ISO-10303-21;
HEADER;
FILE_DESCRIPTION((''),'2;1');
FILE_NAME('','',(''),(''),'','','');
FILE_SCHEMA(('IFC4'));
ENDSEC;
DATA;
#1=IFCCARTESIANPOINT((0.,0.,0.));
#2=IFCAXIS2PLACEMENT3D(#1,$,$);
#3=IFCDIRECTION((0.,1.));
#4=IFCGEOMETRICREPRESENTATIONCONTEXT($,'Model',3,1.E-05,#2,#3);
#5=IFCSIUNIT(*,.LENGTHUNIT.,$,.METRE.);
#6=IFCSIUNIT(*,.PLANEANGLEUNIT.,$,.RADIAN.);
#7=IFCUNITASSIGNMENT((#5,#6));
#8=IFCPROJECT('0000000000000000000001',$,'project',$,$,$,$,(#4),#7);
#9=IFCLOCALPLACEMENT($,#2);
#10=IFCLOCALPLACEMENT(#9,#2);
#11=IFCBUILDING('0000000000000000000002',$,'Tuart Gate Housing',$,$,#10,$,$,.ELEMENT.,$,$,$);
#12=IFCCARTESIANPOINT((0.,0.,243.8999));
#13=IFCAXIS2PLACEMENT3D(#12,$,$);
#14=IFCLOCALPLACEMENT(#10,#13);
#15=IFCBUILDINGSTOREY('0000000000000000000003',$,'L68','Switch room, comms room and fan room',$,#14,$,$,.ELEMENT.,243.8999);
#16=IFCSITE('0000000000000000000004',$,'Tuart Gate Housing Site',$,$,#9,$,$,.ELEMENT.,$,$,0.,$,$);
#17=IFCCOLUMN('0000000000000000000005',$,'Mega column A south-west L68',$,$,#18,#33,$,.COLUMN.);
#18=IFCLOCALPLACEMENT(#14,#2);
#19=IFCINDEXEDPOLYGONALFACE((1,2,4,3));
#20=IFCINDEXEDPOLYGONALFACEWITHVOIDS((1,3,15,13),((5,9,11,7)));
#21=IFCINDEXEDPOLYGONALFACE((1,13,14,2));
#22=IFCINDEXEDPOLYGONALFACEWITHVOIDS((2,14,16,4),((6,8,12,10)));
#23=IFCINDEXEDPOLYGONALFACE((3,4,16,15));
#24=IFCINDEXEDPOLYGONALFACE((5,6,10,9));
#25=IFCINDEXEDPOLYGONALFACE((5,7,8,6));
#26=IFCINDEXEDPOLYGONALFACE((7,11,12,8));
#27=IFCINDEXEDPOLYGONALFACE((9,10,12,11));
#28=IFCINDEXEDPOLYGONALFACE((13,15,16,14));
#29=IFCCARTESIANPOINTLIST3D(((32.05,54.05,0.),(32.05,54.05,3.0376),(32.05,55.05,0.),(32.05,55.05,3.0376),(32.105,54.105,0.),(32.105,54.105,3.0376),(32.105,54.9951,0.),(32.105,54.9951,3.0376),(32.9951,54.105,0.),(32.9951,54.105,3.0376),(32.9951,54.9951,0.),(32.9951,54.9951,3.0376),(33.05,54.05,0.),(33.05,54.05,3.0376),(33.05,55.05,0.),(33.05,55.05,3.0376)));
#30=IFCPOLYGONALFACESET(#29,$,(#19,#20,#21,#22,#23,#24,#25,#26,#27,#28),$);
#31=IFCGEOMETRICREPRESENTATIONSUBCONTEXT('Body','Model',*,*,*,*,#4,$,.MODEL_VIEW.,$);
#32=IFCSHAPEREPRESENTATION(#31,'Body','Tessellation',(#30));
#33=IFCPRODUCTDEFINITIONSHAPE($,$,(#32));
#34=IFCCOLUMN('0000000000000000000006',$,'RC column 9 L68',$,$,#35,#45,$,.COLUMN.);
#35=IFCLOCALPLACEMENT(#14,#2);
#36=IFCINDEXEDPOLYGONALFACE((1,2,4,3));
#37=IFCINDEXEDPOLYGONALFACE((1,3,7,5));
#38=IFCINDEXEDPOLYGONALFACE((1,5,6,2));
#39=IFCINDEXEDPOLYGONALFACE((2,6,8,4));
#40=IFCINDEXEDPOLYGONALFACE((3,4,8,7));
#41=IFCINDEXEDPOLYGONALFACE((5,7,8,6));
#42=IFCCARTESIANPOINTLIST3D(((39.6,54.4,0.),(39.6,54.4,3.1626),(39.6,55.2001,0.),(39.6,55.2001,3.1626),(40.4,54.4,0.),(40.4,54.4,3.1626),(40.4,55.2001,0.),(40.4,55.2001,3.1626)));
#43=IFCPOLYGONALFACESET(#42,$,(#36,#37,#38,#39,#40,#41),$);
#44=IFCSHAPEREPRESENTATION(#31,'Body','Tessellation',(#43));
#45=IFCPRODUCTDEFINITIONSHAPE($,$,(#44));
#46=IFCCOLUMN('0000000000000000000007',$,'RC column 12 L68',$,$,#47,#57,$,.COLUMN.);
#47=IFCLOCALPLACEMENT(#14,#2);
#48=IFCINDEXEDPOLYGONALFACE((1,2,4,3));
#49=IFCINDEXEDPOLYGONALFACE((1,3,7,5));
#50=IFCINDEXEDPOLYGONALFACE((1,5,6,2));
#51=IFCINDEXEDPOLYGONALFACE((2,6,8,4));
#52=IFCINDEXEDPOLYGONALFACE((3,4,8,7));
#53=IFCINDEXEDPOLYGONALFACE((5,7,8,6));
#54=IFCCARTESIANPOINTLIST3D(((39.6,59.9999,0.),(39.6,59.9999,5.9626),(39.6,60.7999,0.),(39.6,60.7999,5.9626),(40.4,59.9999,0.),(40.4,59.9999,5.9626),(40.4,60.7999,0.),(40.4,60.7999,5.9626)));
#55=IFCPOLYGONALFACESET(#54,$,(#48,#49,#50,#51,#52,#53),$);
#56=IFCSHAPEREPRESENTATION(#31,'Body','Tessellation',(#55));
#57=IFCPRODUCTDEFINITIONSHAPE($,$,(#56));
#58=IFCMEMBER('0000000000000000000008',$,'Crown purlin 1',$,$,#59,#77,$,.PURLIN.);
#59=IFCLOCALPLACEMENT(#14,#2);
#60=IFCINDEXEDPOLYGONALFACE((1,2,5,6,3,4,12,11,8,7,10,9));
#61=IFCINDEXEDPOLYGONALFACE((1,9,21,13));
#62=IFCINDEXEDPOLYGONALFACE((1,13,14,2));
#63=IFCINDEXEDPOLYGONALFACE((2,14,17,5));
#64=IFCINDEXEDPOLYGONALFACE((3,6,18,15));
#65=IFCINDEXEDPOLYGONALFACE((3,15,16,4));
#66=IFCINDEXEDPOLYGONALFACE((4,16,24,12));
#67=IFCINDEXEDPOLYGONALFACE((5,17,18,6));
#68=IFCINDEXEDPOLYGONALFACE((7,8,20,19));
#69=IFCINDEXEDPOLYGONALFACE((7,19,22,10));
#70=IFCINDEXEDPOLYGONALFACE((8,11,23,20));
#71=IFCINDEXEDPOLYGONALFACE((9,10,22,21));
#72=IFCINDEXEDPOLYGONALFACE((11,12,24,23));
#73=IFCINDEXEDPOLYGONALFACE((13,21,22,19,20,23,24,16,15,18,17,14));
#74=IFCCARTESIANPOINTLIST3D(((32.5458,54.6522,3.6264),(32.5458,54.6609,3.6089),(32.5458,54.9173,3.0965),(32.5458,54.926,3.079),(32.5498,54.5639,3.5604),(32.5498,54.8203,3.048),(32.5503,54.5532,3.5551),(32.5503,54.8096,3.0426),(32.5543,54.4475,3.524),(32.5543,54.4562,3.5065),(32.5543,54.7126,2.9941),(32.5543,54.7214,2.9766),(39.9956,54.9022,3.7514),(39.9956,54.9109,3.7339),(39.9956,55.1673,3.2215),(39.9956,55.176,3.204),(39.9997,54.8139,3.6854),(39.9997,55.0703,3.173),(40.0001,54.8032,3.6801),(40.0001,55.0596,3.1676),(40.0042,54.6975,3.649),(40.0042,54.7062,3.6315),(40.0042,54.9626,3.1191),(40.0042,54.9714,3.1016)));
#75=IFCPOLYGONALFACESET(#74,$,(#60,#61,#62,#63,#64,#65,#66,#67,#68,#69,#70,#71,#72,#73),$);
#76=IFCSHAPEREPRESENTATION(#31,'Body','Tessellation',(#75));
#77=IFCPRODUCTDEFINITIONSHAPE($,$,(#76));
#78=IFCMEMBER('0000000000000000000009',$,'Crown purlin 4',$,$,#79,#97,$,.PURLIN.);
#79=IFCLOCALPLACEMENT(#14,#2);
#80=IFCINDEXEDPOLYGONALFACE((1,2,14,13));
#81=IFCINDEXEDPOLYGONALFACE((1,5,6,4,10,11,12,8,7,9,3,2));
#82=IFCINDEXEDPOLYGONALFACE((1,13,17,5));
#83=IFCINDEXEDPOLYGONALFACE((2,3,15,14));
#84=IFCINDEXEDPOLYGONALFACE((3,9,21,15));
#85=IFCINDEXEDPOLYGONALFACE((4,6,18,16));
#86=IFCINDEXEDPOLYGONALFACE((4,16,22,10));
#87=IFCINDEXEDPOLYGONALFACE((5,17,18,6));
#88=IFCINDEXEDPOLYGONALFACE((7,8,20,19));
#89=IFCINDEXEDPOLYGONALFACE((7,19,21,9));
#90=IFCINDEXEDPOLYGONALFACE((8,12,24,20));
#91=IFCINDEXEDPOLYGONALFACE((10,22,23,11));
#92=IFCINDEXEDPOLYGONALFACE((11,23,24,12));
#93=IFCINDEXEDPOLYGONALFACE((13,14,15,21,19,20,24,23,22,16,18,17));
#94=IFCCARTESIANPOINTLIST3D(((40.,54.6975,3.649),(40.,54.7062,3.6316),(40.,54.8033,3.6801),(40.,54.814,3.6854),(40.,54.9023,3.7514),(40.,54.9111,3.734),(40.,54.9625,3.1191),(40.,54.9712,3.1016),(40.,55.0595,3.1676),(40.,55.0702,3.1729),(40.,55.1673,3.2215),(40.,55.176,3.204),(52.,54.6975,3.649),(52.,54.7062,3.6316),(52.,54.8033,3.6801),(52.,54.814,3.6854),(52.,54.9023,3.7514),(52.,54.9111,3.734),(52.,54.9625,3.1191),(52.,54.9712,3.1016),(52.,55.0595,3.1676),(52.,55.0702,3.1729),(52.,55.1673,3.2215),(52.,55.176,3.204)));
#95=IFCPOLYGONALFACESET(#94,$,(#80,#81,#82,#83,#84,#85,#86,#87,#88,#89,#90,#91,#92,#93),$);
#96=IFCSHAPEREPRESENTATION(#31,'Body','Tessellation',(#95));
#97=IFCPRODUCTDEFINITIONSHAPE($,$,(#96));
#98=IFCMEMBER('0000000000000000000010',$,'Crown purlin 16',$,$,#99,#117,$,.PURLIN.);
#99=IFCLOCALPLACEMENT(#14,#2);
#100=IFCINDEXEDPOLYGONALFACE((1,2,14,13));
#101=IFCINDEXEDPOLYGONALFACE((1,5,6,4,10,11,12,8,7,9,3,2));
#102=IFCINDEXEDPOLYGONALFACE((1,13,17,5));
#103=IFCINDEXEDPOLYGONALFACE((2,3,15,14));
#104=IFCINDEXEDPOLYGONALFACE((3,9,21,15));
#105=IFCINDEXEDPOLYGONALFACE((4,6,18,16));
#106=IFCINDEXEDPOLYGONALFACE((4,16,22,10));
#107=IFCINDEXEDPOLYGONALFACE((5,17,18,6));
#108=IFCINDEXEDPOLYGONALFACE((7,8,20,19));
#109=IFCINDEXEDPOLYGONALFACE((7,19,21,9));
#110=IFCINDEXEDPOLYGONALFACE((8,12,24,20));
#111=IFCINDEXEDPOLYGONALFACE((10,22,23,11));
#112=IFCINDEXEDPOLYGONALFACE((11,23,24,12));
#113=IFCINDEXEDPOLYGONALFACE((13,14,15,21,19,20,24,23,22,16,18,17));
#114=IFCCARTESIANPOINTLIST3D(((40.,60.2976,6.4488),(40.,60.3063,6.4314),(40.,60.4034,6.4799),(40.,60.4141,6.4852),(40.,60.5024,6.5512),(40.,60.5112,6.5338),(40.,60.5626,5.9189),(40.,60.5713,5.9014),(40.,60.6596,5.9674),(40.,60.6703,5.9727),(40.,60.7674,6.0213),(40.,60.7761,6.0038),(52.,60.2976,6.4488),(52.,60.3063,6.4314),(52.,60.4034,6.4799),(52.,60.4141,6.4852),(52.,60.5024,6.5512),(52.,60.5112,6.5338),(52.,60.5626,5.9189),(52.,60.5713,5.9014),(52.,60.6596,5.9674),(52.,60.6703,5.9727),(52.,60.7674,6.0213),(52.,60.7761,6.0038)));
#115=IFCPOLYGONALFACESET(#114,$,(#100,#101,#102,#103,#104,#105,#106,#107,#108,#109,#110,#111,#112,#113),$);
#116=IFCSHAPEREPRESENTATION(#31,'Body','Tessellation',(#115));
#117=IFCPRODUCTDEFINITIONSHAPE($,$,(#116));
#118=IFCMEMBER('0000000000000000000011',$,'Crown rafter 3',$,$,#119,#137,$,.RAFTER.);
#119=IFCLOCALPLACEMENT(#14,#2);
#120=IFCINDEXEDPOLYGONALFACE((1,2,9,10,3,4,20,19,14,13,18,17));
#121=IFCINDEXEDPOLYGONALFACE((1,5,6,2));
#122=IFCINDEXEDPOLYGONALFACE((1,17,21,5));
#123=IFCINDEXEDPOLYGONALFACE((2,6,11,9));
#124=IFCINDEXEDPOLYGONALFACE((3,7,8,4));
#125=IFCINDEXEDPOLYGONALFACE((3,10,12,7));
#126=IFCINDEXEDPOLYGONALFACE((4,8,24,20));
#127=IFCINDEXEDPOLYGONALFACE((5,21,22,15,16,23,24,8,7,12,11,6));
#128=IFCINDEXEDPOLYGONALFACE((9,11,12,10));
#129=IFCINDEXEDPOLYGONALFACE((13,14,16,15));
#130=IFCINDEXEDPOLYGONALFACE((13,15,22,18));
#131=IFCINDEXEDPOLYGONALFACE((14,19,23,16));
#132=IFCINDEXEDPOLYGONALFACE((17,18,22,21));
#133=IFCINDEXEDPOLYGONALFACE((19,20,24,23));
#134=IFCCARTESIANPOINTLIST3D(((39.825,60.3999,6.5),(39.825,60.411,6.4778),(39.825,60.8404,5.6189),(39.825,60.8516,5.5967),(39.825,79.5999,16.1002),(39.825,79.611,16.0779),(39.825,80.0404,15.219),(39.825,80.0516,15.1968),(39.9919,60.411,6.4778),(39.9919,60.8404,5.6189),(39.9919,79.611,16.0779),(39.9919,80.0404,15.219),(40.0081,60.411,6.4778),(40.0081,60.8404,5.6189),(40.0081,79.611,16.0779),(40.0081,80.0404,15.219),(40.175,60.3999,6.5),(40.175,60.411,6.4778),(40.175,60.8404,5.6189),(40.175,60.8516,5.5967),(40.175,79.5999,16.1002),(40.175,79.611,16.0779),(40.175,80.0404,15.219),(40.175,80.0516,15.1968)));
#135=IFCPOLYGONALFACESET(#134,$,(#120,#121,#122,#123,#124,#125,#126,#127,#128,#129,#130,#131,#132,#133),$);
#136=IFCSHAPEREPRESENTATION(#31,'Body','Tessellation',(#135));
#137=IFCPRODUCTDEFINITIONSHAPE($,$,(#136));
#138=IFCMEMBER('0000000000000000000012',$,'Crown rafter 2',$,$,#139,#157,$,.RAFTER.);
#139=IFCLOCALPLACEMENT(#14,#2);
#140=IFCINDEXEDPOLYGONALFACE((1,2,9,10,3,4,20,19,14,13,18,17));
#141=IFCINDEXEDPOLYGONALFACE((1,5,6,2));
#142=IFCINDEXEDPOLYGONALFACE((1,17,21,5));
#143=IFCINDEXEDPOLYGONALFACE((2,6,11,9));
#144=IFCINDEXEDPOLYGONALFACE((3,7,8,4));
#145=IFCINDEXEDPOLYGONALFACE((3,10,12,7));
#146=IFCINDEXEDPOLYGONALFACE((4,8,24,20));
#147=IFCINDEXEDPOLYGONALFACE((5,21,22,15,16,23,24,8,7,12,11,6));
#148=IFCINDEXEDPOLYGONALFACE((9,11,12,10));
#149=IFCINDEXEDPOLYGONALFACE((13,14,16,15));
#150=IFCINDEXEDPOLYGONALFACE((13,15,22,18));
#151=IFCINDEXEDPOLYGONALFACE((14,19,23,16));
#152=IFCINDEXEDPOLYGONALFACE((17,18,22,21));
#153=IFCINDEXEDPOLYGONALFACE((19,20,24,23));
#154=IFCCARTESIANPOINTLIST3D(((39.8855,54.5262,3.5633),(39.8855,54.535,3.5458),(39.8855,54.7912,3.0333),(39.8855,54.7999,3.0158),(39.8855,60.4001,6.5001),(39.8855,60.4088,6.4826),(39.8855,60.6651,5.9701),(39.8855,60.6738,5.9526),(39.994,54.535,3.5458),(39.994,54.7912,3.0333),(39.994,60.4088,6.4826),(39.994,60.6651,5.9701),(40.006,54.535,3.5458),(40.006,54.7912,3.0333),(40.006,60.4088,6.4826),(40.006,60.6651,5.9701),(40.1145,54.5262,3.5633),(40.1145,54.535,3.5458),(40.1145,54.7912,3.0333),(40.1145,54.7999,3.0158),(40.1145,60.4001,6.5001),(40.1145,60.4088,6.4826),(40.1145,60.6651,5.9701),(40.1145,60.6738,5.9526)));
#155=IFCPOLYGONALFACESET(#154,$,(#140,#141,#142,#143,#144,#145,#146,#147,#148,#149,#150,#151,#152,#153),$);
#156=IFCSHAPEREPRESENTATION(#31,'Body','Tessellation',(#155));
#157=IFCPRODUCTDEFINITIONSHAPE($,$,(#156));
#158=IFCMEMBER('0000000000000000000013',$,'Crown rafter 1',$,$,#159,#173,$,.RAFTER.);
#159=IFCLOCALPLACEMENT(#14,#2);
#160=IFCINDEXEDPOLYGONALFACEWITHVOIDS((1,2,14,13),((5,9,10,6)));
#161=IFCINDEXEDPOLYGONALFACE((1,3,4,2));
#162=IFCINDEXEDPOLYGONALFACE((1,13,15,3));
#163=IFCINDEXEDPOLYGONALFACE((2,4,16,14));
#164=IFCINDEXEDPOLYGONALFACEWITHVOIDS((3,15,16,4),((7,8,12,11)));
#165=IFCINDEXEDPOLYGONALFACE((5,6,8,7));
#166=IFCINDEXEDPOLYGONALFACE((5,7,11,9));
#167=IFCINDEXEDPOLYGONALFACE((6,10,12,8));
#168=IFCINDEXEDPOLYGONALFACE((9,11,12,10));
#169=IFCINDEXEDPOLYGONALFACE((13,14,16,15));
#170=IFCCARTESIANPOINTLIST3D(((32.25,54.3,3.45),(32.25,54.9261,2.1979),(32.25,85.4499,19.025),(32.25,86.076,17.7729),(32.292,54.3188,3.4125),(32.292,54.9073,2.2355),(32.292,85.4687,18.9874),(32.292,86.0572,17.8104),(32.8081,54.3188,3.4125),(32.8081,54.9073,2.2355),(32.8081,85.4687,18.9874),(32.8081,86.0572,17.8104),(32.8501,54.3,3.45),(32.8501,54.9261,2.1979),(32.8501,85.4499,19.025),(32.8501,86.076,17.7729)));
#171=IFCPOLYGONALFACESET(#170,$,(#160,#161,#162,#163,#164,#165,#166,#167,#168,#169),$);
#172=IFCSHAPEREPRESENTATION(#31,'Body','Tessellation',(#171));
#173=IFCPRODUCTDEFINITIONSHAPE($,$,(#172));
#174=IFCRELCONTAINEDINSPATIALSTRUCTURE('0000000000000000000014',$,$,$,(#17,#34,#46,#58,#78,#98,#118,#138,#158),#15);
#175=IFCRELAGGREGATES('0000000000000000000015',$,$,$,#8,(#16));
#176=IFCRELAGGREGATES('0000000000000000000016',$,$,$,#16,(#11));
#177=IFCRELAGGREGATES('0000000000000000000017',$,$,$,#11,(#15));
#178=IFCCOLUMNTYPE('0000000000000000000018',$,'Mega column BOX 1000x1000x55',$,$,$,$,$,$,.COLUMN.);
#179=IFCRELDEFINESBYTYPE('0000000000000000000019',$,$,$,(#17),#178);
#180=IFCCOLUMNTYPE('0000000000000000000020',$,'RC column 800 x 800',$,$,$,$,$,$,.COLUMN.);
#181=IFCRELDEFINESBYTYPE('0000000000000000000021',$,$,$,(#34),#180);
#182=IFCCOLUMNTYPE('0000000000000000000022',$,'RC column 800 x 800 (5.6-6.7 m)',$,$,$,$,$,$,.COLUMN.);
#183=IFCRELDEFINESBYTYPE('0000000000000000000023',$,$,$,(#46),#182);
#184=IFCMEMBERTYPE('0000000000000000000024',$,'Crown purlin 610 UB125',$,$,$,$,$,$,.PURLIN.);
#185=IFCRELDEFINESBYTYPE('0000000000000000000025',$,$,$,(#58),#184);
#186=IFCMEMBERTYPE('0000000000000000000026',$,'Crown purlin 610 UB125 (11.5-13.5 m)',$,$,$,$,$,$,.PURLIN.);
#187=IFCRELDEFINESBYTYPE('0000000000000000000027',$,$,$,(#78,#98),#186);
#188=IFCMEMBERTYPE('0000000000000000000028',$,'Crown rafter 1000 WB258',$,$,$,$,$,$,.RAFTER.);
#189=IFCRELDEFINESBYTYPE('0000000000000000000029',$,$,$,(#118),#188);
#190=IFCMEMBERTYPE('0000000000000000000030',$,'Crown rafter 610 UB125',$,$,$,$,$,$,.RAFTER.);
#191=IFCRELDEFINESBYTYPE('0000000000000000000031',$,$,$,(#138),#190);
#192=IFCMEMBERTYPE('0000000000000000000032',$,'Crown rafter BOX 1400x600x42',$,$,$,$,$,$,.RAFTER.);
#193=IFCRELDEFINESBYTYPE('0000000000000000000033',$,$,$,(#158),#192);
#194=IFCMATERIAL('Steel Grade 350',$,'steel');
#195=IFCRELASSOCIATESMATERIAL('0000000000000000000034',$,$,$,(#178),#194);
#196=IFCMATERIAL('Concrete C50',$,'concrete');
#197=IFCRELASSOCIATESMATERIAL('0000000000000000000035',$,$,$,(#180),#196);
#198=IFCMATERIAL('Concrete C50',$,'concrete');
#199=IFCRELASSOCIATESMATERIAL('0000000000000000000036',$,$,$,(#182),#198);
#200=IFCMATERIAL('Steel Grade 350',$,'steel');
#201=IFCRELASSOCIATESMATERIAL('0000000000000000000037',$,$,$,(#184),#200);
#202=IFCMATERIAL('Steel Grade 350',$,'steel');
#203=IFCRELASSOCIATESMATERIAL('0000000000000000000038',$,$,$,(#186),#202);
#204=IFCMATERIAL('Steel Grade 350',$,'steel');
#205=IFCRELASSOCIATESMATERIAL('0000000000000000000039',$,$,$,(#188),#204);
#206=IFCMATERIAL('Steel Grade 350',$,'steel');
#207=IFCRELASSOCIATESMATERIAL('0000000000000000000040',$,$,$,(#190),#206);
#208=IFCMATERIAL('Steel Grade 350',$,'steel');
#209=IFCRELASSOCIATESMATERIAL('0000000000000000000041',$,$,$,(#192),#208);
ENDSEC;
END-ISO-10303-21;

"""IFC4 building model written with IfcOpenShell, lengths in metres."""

from ifc_helpers import new_model, si_unit, direction, frame, origin, origin_2d, place, context, subcontext, project, spatial, rectangle, hollow_rectangle, i_section, extrude, material, material_profile, profile_set, type_object, element, save


model = new_model("IFC4")

# Units and contexts
model_context = context("Model", 3, precision=1e-05, world=origin(), true_north=direction((0.0, 1.0)))
body_context = subcontext(model_context, "Body", "Model", "MODEL_VIEW")
ifc_project = project(units=[si_unit("LENGTHUNIT", "METRE"), si_unit("PLANEANGLEUNIT", "RADIAN")], contexts=[model_context])

# Site, building, storey
site_placement = place(None, origin())
site = spatial("IfcSite", under=ifc_project, at=site_placement, Name="Tuart Gate Housing Site", CompositionType="ELEMENT", RefElevation=0.0)
building_placement = place(site_placement, origin())
building = spatial("IfcBuilding", under=site, at=building_placement, Name="Tuart Gate Housing", CompositionType="ELEMENT")
storey_placement = place(building_placement, frame((0.0, 0.0, 243.8999)))
storey = spatial("IfcBuildingStorey", under=building, at=storey_placement, Name="L68", Description="Switch room, comms room and fan room", CompositionType="ELEMENT", Elevation=243.8999)

# Columns
ifc_material_1 = material(Name="Steel Grade 350", Category="steel")
ifc_material_profile_1 = material_profile(ifc_material_1, hollow_rectangle(XDim=1.0, YDim=1.0, WallThickness=0.0549, at=origin_2d()), Name="BOX 1000x1000x55")
ifc_profile_set_1 = profile_set([ifc_material_profile_1], Name="Steel Grade 350")
column_type_1 = type_object("IfcColumnType", Name="Mega column BOX 1000x1000x55", PredefinedType="COLUMN", material=ifc_profile_set_1)
column_1_placement = place(storey_placement, frame((32.55, 54.55, 0.0), z_axis=(0.0, 0.0, 1.0), x_axis=(1.0, 0.0, 0.0)))
element("IfcColumn", 1, at=column_1_placement, inside=storey, type_object=column_type_1, Name="Mega column A south-west L68", PredefinedType="COLUMN", context=body_context, shape_type="SweptSolid", body=[
    extrude(hollow_rectangle(XDim=1.0, YDim=1.0, WallThickness=0.0549, at=origin_2d()), origin(), (0.0, 0.0, 1.0), 3.0376),
])
ifc_material_2 = material(Name="Concrete C50", Category="concrete")
ifc_material_profile_2 = material_profile(ifc_material_2, rectangle(XDim=0.8, YDim=0.8, at=origin_2d()), Name="RC column 800 x 800")
ifc_profile_set_2 = profile_set([ifc_material_profile_2], Name="Concrete C50")
column_type_2 = type_object("IfcColumnType", Name="RC column 800 x 800", PredefinedType="COLUMN", material=ifc_profile_set_2)
column_2_placement = place(storey_placement, frame((40.0, 54.8, 0.0), z_axis=(0.0, 0.0, 1.0), x_axis=(1.0, 0.0, 0.0)))
element("IfcColumn", 2, at=column_2_placement, inside=storey, type_object=column_type_2, Name="RC column 9 L68", PredefinedType="COLUMN", context=body_context, shape_type="SweptSolid", body=[
    extrude(rectangle(XDim=0.8, YDim=0.8, at=origin_2d()), origin(), (0.0, 0.0, 1.0), 3.1626),
])
ifc_material_3 = material(Name="Concrete C50", Category="concrete")
ifc_material_profile_3 = material_profile(ifc_material_3, rectangle(XDim=0.8, YDim=0.8, at=origin_2d()), Name="RC column 800 x 800 (5.6-6.7 m)")
ifc_profile_set_3 = profile_set([ifc_material_profile_3], Name="Concrete C50")
column_type_3 = type_object("IfcColumnType", Name="RC column 800 x 800 (5.6-6.7 m)", PredefinedType="COLUMN", material=ifc_profile_set_3)
column_3_placement = place(storey_placement, frame((40.0, 60.3999, 0.0), z_axis=(0.0, 0.0, 1.0), x_axis=(1.0, 0.0, 0.0)))
element("IfcColumn", 3, at=column_3_placement, inside=storey, type_object=column_type_3, Name="RC column 12 L68", PredefinedType="COLUMN", context=body_context, shape_type="SweptSolid", body=[
    extrude(rectangle(XDim=0.8, YDim=0.8, at=origin_2d()), origin(), (0.0, 0.0, 1.0), 5.9626),
])

# Members
ifc_material_4 = material(Name="Steel Grade 350", Category="steel")
ifc_material_profile_4 = material_profile(ifc_material_4, i_section(OverallWidth=0.229, OverallDepth=0.6121, WebThickness=0.012, FlangeThickness=0.0195, at=origin_2d()), Name="610UB125")
ifc_profile_set_4 = profile_set([ifc_material_profile_4], Name="Steel Grade 350")
member_type_1 = type_object("IfcMemberType", Name="Crown purlin 610 UB125", PredefinedType="PURLIN", material=ifc_profile_set_4)
member_1_placement = place(storey_placement, frame((32.55, 54.6868, 3.3015), z_axis=(0.999297, 0.033534, 0.016767), x_axis=(-0.037492, 0.893672, 0.447151)))
element("IfcMember", 4, at=member_1_placement, inside=storey, type_object=member_type_1, Name="Crown purlin 1", PredefinedType="PURLIN", context=body_context, shape_type="SweptSolid", body=[
    extrude(i_section(OverallWidth=0.229, OverallDepth=0.6121, WebThickness=0.012, FlangeThickness=0.0195, at=origin_2d()), origin(), (0.0, 0.0, 1.0), 7.4551),
])
ifc_material_5 = material(Name="Steel Grade 350", Category="steel")
ifc_material_profile_5 = material_profile(ifc_material_5, i_section(OverallWidth=0.229, OverallDepth=0.6121, WebThickness=0.012, FlangeThickness=0.0195, at=origin_2d()), Name="610UB125")
ifc_profile_set_5 = profile_set([ifc_material_profile_5], Name="Steel Grade 350")
member_type_2 = type_object("IfcMemberType", Name="Crown purlin 610 UB125 (11.5-13.5 m)", PredefinedType="PURLIN", material=ifc_profile_set_5)
for number, where, z_axis, x_axis, name in (
    (5, (40.0, 54.9368, 3.4265), (1.0, 0.0, 0.0), (0.0, 0.894427, 0.447214), "Crown purlin 4"),
    (6, (40.0, 60.5369, 6.2263), (1.0, 0.0, 0.0), (0.0, 0.894427, 0.447214), "Crown purlin 16"),
):
    element("IfcMember", number, at=place(storey_placement, frame(where, z_axis=z_axis, x_axis=x_axis)), inside=storey, type_object=member_type_2, Name=name, PredefinedType="PURLIN", context=body_context, shape_type="SweptSolid", body=[
        extrude(i_section(OverallWidth=0.229, OverallDepth=0.6121, WebThickness=0.012, FlangeThickness=0.0195, at=origin_2d()), origin(), (0.0, 0.0, 1.0), 12.0),
    ])
ifc_material_6 = material(Name="Steel Grade 350", Category="steel")
ifc_material_profile_6 = material_profile(ifc_material_6, i_section(OverallWidth=0.3501, OverallDepth=1.01, WebThickness=0.0161, FlangeThickness=0.0249, at=origin_2d()), Name="1000WB258")
ifc_profile_set_6 = profile_set([ifc_material_profile_6], Name="Steel Grade 350")
member_type_3 = type_object("IfcMemberType", Name="Crown rafter 1000 WB258", PredefinedType="RAFTER", material=ifc_profile_set_6)
member_2_placement = place(storey_placement, frame((40.0, 60.6257, 6.0483), z_axis=(0.0, 0.894425, 0.447218), x_axis=(-1.0, 0.0, 0.0)))
element("IfcMember", 7, at=member_2_placement, inside=storey, type_object=member_type_3, Name="Crown rafter 3", PredefinedType="RAFTER", context=body_context, shape_type="SweptSolid", body=[
    extrude(i_section(OverallWidth=0.3501, OverallDepth=1.01, WebThickness=0.0161, FlangeThickness=0.0249, at=origin_2d()), origin(), (0.0, 0.0, 1.0), 21.4663),
])
ifc_material_7 = material(Name="Steel Grade 350", Category="steel")
ifc_material_profile_7 = material_profile(ifc_material_7, i_section(OverallWidth=0.229, OverallDepth=0.6121, WebThickness=0.012, FlangeThickness=0.0195, at=origin_2d()), Name="610UB125")
ifc_profile_set_7 = profile_set([ifc_material_profile_7], Name="Steel Grade 350")
member_type_4 = type_object("IfcMemberType", Name="Crown rafter 610 UB125", PredefinedType="RAFTER", material=ifc_profile_set_7)
member_3_placement = place(storey_placement, frame((40.0, 54.6631, 3.2896), z_axis=(0.0, 0.894435, 0.447199), x_axis=(-1.0, 0.0, 0.0)))
element("IfcMember", 8, at=member_3_placement, inside=storey, type_object=member_type_4, Name="Crown rafter 2", PredefinedType="RAFTER", context=body_context, shape_type="SweptSolid", body=[
    extrude(i_section(OverallWidth=0.229, OverallDepth=0.6121, WebThickness=0.012, FlangeThickness=0.0195, at=origin_2d()), origin(), (0.0, 0.0, 1.0), 6.5671),
])
ifc_material_8 = material(Name="Steel Grade 350", Category="steel")
ifc_material_profile_8 = material_profile(ifc_material_8, hollow_rectangle(XDim=0.6001, YDim=1.3999, WallThickness=0.042, at=origin_2d()), Name="BOX 1400x600x42")
ifc_profile_set_8 = profile_set([ifc_material_profile_8], Name="Steel Grade 350")
member_type_5 = type_object("IfcMemberType", Name="Crown rafter BOX 1400x600x42", PredefinedType="RAFTER", material=ifc_profile_set_8)
member_4_placement = place(storey_placement, frame((32.55, 54.613, 2.824), z_axis=(0.0, 0.894427, 0.447214), x_axis=(-1.0, 0.0, 0.0)))
element("IfcMember", 9, at=member_4_placement, inside=storey, type_object=member_type_5, Name="Crown rafter 1", PredefinedType="RAFTER", context=body_context, shape_type="SweptSolid", body=[
    extrude(hollow_rectangle(XDim=0.6001, YDim=1.3999, WallThickness=0.042, at=origin_2d()), origin(), (0.0, 0.0, 1.0), 34.8267),
])

save(model, "model.ifc")
